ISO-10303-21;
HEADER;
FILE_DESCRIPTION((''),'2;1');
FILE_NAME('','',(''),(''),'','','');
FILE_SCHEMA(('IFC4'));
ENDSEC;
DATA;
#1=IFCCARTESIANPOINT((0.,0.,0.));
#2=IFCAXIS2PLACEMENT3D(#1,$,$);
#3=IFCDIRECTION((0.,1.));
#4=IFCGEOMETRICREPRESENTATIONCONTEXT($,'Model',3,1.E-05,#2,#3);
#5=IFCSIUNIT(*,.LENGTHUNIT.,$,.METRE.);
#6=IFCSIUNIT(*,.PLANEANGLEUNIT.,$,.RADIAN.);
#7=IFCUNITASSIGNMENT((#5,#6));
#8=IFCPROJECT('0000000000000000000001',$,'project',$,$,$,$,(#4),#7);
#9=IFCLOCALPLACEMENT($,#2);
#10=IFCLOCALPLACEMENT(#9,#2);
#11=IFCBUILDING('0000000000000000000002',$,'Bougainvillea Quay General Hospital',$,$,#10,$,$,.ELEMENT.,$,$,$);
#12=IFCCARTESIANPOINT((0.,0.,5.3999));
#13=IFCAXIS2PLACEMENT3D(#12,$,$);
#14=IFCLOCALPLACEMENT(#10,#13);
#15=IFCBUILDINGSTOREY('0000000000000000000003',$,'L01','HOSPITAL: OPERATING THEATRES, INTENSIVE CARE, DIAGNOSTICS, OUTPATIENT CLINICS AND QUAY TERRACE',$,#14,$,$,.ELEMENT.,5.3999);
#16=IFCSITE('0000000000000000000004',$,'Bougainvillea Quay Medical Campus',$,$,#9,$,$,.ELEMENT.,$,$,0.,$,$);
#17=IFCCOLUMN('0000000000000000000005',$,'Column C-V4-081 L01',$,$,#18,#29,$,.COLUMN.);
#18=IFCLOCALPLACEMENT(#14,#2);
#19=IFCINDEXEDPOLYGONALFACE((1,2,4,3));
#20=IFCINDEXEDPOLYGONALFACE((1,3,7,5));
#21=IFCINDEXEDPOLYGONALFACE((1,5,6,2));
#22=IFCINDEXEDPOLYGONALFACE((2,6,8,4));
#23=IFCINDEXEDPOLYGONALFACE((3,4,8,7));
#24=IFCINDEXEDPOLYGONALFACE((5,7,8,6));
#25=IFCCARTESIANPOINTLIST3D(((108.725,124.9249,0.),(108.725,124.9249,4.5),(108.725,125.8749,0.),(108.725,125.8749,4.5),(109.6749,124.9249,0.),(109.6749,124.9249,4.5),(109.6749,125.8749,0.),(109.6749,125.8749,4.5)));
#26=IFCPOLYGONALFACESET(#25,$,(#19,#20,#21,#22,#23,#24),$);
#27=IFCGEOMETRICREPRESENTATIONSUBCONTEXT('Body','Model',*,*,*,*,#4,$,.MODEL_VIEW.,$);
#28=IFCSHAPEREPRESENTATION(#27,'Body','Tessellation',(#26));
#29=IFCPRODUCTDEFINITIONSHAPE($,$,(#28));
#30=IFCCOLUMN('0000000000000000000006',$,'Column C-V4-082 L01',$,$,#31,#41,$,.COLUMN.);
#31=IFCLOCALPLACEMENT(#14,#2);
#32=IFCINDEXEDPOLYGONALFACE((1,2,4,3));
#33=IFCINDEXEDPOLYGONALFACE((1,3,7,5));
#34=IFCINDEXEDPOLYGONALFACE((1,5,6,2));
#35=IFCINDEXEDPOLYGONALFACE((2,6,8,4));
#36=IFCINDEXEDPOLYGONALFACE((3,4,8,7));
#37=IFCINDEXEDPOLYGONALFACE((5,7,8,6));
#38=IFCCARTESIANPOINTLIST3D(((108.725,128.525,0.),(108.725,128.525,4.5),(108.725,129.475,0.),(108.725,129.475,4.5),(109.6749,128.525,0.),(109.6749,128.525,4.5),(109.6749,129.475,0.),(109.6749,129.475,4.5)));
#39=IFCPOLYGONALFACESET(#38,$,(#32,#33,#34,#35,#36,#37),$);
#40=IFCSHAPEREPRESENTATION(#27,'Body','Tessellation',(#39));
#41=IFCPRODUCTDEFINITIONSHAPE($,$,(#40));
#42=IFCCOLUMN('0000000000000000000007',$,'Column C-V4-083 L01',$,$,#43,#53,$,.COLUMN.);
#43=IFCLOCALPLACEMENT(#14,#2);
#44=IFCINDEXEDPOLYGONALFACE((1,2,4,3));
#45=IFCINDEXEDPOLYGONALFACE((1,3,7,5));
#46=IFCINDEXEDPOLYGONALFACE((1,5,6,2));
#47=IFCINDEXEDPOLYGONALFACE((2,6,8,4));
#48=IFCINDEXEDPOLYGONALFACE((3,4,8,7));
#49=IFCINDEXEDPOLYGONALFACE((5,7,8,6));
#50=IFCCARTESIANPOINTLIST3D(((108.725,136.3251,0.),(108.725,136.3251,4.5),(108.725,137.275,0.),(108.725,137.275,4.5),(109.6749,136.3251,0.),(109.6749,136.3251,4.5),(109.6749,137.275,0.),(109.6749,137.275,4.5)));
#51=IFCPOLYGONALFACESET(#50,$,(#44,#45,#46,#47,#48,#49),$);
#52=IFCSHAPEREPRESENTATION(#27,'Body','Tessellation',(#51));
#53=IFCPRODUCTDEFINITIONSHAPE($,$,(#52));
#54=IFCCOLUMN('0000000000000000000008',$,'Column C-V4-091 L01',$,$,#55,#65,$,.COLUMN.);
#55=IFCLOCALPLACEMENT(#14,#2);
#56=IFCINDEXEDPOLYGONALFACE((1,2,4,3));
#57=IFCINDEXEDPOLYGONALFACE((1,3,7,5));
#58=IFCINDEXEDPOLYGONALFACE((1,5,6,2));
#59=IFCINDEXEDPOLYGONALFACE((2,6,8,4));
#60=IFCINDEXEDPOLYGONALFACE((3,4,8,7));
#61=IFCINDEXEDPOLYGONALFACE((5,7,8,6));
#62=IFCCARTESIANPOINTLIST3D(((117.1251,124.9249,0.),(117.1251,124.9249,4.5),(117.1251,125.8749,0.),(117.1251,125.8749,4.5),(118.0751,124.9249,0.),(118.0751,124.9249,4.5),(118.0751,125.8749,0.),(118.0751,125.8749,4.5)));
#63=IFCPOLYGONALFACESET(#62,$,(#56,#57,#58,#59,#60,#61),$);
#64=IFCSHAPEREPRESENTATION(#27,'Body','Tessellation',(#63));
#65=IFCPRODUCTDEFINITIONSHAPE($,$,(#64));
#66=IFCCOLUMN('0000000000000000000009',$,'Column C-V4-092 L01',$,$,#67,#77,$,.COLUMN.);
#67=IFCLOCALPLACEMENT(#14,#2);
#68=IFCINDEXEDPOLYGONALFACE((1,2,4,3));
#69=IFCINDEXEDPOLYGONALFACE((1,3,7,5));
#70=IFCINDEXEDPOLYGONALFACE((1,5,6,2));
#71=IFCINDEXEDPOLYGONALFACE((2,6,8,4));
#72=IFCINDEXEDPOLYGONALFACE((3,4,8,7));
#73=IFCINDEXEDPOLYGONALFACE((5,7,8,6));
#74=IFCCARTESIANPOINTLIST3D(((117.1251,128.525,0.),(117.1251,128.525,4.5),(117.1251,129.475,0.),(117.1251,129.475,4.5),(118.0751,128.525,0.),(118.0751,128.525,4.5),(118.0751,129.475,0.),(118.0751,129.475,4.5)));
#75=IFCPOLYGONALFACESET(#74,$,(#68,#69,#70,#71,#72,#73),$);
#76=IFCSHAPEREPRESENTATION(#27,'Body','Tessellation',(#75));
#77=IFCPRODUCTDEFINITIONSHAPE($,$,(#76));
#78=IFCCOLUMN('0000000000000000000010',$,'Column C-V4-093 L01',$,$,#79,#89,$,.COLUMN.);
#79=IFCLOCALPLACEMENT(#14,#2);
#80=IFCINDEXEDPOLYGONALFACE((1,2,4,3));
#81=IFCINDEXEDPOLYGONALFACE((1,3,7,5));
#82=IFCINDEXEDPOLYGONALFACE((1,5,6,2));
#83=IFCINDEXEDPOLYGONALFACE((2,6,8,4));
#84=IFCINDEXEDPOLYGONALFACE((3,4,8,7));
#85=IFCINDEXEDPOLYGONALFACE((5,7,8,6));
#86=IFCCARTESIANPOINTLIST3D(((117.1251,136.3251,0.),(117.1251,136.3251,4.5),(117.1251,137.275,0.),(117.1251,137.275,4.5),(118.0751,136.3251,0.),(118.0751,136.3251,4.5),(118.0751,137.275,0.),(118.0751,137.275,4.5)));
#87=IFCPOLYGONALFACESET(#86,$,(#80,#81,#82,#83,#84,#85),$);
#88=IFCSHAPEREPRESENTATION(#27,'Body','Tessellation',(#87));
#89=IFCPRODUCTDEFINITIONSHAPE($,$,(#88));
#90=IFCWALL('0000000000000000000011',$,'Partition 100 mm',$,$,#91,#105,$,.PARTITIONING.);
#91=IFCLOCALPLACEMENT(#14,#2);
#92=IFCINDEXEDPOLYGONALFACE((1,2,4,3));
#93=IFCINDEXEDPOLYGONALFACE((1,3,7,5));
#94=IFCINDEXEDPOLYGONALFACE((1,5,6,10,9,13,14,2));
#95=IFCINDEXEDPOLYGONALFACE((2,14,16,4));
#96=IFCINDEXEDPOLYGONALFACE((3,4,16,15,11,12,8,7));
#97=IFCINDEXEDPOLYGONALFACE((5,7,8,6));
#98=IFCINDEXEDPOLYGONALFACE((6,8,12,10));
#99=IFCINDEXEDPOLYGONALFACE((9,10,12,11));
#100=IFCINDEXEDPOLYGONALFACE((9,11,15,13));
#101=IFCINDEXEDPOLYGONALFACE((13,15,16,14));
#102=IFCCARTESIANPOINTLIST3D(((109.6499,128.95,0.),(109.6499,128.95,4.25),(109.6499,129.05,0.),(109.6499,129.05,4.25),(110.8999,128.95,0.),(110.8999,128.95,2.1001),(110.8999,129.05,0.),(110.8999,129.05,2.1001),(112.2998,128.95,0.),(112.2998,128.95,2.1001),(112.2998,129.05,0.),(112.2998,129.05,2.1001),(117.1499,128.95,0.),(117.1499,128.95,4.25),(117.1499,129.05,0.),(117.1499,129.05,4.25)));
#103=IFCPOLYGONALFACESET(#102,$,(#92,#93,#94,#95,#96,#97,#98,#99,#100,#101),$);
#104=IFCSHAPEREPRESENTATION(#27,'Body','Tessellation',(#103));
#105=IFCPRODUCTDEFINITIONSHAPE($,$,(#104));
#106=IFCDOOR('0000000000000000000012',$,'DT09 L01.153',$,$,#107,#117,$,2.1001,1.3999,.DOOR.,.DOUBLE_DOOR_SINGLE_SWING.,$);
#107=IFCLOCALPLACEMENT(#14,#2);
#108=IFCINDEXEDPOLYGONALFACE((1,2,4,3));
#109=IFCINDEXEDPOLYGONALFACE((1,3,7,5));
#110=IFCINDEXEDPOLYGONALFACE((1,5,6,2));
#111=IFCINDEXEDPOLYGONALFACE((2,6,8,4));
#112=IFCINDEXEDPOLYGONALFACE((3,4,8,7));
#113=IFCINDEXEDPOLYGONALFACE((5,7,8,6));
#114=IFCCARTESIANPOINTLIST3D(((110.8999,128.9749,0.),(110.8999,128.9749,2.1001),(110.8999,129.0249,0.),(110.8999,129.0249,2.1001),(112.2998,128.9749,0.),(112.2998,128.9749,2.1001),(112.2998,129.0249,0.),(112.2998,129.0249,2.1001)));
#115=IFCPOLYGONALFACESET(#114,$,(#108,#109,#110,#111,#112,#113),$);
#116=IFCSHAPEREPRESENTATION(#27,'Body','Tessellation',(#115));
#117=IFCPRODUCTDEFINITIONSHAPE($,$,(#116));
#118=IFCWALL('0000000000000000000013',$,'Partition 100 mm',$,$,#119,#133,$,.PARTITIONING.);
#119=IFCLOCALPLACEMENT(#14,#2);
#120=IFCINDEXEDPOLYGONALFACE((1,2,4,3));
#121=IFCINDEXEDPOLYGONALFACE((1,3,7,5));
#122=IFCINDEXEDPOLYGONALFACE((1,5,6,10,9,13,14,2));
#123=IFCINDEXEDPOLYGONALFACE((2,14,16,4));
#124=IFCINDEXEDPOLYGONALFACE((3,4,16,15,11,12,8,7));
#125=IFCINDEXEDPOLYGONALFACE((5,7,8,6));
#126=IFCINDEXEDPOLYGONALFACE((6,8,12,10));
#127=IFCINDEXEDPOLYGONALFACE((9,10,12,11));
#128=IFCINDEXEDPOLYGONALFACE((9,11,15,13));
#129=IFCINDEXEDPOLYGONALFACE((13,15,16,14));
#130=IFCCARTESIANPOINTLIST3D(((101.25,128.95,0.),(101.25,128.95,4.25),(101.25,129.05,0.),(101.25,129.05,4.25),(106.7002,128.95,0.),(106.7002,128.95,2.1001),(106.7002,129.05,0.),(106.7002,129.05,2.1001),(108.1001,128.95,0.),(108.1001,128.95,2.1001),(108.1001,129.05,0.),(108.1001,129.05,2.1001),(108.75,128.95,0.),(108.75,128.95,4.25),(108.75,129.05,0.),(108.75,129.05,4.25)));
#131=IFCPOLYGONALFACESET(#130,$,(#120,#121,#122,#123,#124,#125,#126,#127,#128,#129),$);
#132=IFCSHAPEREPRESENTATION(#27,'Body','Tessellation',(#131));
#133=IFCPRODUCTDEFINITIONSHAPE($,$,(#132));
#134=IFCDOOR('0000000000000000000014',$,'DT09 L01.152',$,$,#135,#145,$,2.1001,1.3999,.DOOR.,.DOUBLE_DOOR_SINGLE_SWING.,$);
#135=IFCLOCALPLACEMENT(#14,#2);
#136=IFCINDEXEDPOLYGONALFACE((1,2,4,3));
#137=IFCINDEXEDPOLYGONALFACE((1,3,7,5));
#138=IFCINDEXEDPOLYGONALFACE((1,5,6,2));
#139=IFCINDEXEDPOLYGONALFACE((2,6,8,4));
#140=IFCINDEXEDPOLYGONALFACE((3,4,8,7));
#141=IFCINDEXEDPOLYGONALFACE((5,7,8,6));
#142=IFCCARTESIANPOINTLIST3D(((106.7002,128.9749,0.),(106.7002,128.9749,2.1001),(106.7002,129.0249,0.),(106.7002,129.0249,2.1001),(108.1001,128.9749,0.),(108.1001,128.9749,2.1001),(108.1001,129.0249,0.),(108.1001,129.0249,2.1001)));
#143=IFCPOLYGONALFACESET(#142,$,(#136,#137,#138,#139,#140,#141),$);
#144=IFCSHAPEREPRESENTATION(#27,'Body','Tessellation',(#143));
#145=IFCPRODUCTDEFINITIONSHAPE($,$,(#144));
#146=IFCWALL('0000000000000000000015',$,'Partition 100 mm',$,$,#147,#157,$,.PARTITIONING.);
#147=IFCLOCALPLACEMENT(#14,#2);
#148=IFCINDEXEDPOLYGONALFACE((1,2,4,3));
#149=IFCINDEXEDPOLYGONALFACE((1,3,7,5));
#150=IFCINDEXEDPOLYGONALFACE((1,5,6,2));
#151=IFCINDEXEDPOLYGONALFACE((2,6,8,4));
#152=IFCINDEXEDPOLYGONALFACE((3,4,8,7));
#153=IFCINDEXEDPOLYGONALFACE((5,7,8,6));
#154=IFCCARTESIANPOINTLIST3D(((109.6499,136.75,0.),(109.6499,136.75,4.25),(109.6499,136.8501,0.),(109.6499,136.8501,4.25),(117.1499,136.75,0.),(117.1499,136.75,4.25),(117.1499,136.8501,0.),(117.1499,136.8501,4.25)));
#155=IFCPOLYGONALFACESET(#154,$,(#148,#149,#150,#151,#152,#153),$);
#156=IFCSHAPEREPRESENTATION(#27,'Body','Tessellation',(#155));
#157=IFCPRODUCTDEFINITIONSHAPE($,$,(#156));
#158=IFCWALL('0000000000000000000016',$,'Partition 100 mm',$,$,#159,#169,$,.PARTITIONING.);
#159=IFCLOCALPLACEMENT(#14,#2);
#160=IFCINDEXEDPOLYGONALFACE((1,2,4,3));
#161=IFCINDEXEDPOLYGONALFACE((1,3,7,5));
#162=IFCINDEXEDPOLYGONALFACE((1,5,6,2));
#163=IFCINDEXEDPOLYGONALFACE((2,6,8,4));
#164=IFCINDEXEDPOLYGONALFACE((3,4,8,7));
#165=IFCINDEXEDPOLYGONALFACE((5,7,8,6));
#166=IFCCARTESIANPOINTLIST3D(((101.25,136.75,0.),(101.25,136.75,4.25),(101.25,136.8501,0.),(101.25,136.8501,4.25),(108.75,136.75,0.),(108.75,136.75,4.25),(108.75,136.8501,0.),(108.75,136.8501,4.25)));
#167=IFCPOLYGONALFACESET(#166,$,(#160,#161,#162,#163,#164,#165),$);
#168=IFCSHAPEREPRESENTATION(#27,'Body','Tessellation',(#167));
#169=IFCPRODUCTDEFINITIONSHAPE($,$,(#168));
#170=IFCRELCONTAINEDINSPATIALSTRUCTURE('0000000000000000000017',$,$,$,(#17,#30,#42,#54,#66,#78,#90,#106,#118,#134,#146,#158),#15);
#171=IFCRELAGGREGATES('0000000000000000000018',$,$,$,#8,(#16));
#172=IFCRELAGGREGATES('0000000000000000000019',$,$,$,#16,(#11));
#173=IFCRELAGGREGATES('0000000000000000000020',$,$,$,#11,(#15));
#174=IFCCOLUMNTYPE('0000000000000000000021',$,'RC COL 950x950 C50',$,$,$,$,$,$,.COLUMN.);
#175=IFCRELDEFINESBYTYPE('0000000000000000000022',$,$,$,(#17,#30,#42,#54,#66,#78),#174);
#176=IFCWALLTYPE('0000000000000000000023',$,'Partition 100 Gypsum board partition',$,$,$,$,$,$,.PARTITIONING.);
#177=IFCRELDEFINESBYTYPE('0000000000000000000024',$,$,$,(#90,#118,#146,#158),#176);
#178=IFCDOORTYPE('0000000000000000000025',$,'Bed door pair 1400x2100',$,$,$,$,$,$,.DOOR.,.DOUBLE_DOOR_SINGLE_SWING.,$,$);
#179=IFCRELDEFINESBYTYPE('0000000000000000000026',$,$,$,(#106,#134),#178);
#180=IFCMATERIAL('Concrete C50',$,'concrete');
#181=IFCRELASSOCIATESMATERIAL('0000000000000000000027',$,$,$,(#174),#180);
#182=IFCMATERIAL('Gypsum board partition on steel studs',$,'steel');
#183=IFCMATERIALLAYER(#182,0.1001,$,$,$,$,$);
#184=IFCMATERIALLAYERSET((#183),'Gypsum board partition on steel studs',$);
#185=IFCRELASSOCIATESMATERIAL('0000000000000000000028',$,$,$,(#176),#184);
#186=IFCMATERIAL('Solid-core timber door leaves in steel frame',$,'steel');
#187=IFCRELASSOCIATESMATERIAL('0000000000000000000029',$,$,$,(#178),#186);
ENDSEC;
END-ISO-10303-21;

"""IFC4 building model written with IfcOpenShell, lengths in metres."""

from ifc_helpers import new_model, si_unit, direction, frame, frame_2d, origin, origin_2d, place, context, subcontext, project, spatial, rectangle, extrude, material, layer, layer_set, material_profile, profile_set, type_object, element, fill, save


model = new_model("IFC4")

# Units and contexts
model_context = context("Model", 3, precision=1e-05, world=origin(), true_north=direction((0.0, 1.0)))
body_context = subcontext(model_context, "Body", "Model", "MODEL_VIEW")
ifc_project = project(units=[si_unit("LENGTHUNIT", "METRE"), si_unit("PLANEANGLEUNIT", "RADIAN")], contexts=[model_context])

# Site, building, storey
site_placement = place(None, origin())
site = spatial("IfcSite", under=ifc_project, at=site_placement, Name="Bougainvillea Quay Medical Campus", CompositionType="ELEMENT", RefElevation=0.0)
building_placement = place(site_placement, origin())
building = spatial("IfcBuilding", under=site, at=building_placement, Name="Bougainvillea Quay General Hospital", CompositionType="ELEMENT")
storey_placement = place(building_placement, frame((0.0, 0.0, 5.3999)))
storey = spatial("IfcBuildingStorey", under=building, at=storey_placement, Name="L01", Description="HOSPITAL: OPERATING THEATRES, INTENSIVE CARE, DIAGNOSTICS, OUTPATIENT CLINICS AND QUAY TERRACE", CompositionType="ELEMENT", Elevation=5.3999)

# Columns
ifc_material_1 = material(Name="Concrete C50", Category="concrete")
ifc_material_profile = material_profile(ifc_material_1, rectangle(XDim=0.95, YDim=0.95, at=origin_2d()))
ifc_profile_set = profile_set([ifc_material_profile], Name="Concrete C50")
column_type = type_object("IfcColumnType", Name="RC COL 950x950 C50", PredefinedType="COLUMN", material=ifc_profile_set)
for number, where, z_axis, x_axis, name in (
    (1, (109.2, 125.3999, 0.0), (0.0, 0.0, 1.0), (1.0, 0.0, 0.0), "Column C-V4-081 L01"),
    (2, (109.2, 129.0, 0.0), (0.0, 0.0, 1.0), (1.0, 0.0, 0.0), "Column C-V4-082 L01"),
    (3, (109.2, 136.8, 0.0), (0.0, 0.0, 1.0), (1.0, 0.0, 0.0), "Column C-V4-083 L01"),
    (4, (117.6001, 125.3999, 0.0), (0.0, 0.0, 1.0), (1.0, 0.0, 0.0), "Column C-V4-091 L01"),
    (5, (117.6001, 129.0, 0.0), (0.0, 0.0, 1.0), (1.0, 0.0, 0.0), "Column C-V4-092 L01"),
    (6, (117.6001, 136.8, 0.0), (0.0, 0.0, 1.0), (1.0, 0.0, 0.0), "Column C-V4-093 L01"),
):
    element("IfcColumn", number, at=place(storey_placement, frame(where, z_axis=z_axis, x_axis=x_axis)), inside=storey, type_object=column_type, Name=name, PredefinedType="COLUMN", context=body_context, shape_type="SweptSolid", body=[
        extrude(rectangle(XDim=0.95, YDim=0.95, at=origin_2d()), origin(), (0.0, 0.0, 1.0), 4.5),
    ])

# Walls, openings, doors
ifc_material_2 = material(Name="Gypsum board partition on steel studs", Category="steel")
ifc_layer_1 = layer(ifc_material_2, 0.1001)
ifc_layer_set_1 = layer_set([ifc_layer_1], Name="Gypsum board partition on steel studs")
wall_type_1 = type_object("IfcWallType", Name="Partition 100 Gypsum board partition", PredefinedType="PARTITIONING", material=ifc_layer_set_1)
wall_1_placement = place(storey_placement, frame((117.1499, 129.0, 0.0), z_axis=(0.0, 0.0, 1.0), x_axis=(-1.0, 0.0, 0.0)))
wall_1 = element("IfcWall", 7, at=wall_1_placement, inside=storey, type_object=wall_type_1, Name="Partition 100 mm", PredefinedType="PARTITIONING", context=body_context, shape_type="SweptSolid", body=[
    extrude(rectangle(XDim=7.5, YDim=0.1001, at=frame_2d((3.75, 0.0))), origin(), (0.0, 0.0, 1.0), 4.25),
])
opening_1_placement = place(wall_1_placement, frame((4.8501, 0.0, 0.0)))
opening_1 = element("IfcOpeningElement", 8, at=opening_1_placement, cuts=wall_1, PredefinedType="OPENING", context=body_context, shape_type="SweptSolid", body=[
    extrude(rectangle(XDim=1.3999, YDim=2.1001, at=frame_2d((0.7, 1.05))), frame((0.0, 0.0601, 0.0), z_axis=(0.0, -1.0, 0.0), x_axis=(1.0, 0.0, 0.0)), (0.0, 0.0, 1.0), 0.1201),
])
ifc_material_3 = material(Name="Solid-core timber door leaves in steel frame", Category="steel")
door_type_1 = type_object("IfcDoorType", Name="Bed door pair 1400x2100", OperationType="DOUBLE_DOOR_SINGLE_SWING", PredefinedType="DOOR", material=ifc_material_3)
door_1_placement = place(opening_1_placement, frame((1.3999, 0.0, 0.0), z_axis=(0.0, 0.0, 1.0), x_axis=(-1.0, 0.0, 0.0)))
door_1 = element("IfcDoor", 9, at=door_1_placement, inside=storey, type_object=door_type_1, Name="DT09 L01.153", OperationType="DOUBLE_DOOR_SINGLE_SWING", OverallHeight=2.1001, OverallWidth=1.3999, PredefinedType="DOOR", context=body_context, shape_type="SweptSolid", body=[
    extrude(rectangle(XDim=1.3999, YDim=2.1001, at=frame_2d((0.7, 1.05))), frame((0.0, 0.0249, 0.0), z_axis=(0.0, -1.0, 0.0), x_axis=(1.0, 0.0, 0.0)), (0.0, 0.0, 1.0), 0.05),
])
fill(opening_1, door_1)
wall_2_placement = place(storey_placement, frame((108.75, 129.0, 0.0), z_axis=(0.0, 0.0, 1.0), x_axis=(-1.0, 0.0, 0.0)))
wall_2 = element("IfcWall", 10, at=wall_2_placement, inside=storey, type_object=wall_type_1, Name="Partition 100 mm", PredefinedType="PARTITIONING", context=body_context, shape_type="SweptSolid", body=[
    extrude(rectangle(XDim=7.5, YDim=0.1001, at=frame_2d((3.75, 0.0))), origin(), (0.0, 0.0, 1.0), 4.25),
])
opening_2_placement = place(wall_2_placement, frame((0.6499, 0.0, 0.0)))
opening_2 = element("IfcOpeningElement", 11, at=opening_2_placement, cuts=wall_2, PredefinedType="OPENING", context=body_context, shape_type="SweptSolid", body=[
    extrude(rectangle(XDim=1.3999, YDim=2.1001, at=frame_2d((0.7, 1.05))), frame((0.0, 0.0601, 0.0), z_axis=(0.0, -1.0, 0.0), x_axis=(1.0, 0.0, 0.0)), (0.0, 0.0, 1.0), 0.1201),
])
door_2_placement = place(opening_2_placement, frame((1.3999, 0.0, 0.0), z_axis=(0.0, 0.0, 1.0), x_axis=(-1.0, 0.0, 0.0)))
door_2 = element("IfcDoor", 12, at=door_2_placement, inside=storey, type_object=door_type_1, Name="DT09 L01.152", OperationType="DOUBLE_DOOR_SINGLE_SWING", OverallHeight=2.1001, OverallWidth=1.3999, PredefinedType="DOOR", context=body_context, shape_type="SweptSolid", body=[
    extrude(rectangle(XDim=1.3999, YDim=2.1001, at=frame_2d((0.7, 1.05))), frame((0.0, 0.0249, 0.0), z_axis=(0.0, -1.0, 0.0), x_axis=(1.0, 0.0, 0.0)), (0.0, 0.0, 1.0), 0.05),
])
fill(opening_2, door_2)

# Walls
for number, where, z_axis, x_axis, name in (
    (13, (117.1499, 136.8, 0.0), (0.0, 0.0, 1.0), (-1.0, 0.0, 0.0), "Partition 100 mm"),
    (14, (108.75, 136.8, 0.0), (0.0, 0.0, 1.0), (-1.0, 0.0, 0.0), "Partition 100 mm"),
):
    element("IfcWall", number, at=place(storey_placement, frame(where, z_axis=z_axis, x_axis=x_axis)), inside=storey, type_object=wall_type_1, Name=name, PredefinedType="PARTITIONING", context=body_context, shape_type="SweptSolid", body=[
        extrude(rectangle(XDim=7.5, YDim=0.1001, at=frame_2d((3.75, 0.0))), origin(), (0.0, 0.0, 1.0), 4.25),
    ])

save(model, "model.ifc")
